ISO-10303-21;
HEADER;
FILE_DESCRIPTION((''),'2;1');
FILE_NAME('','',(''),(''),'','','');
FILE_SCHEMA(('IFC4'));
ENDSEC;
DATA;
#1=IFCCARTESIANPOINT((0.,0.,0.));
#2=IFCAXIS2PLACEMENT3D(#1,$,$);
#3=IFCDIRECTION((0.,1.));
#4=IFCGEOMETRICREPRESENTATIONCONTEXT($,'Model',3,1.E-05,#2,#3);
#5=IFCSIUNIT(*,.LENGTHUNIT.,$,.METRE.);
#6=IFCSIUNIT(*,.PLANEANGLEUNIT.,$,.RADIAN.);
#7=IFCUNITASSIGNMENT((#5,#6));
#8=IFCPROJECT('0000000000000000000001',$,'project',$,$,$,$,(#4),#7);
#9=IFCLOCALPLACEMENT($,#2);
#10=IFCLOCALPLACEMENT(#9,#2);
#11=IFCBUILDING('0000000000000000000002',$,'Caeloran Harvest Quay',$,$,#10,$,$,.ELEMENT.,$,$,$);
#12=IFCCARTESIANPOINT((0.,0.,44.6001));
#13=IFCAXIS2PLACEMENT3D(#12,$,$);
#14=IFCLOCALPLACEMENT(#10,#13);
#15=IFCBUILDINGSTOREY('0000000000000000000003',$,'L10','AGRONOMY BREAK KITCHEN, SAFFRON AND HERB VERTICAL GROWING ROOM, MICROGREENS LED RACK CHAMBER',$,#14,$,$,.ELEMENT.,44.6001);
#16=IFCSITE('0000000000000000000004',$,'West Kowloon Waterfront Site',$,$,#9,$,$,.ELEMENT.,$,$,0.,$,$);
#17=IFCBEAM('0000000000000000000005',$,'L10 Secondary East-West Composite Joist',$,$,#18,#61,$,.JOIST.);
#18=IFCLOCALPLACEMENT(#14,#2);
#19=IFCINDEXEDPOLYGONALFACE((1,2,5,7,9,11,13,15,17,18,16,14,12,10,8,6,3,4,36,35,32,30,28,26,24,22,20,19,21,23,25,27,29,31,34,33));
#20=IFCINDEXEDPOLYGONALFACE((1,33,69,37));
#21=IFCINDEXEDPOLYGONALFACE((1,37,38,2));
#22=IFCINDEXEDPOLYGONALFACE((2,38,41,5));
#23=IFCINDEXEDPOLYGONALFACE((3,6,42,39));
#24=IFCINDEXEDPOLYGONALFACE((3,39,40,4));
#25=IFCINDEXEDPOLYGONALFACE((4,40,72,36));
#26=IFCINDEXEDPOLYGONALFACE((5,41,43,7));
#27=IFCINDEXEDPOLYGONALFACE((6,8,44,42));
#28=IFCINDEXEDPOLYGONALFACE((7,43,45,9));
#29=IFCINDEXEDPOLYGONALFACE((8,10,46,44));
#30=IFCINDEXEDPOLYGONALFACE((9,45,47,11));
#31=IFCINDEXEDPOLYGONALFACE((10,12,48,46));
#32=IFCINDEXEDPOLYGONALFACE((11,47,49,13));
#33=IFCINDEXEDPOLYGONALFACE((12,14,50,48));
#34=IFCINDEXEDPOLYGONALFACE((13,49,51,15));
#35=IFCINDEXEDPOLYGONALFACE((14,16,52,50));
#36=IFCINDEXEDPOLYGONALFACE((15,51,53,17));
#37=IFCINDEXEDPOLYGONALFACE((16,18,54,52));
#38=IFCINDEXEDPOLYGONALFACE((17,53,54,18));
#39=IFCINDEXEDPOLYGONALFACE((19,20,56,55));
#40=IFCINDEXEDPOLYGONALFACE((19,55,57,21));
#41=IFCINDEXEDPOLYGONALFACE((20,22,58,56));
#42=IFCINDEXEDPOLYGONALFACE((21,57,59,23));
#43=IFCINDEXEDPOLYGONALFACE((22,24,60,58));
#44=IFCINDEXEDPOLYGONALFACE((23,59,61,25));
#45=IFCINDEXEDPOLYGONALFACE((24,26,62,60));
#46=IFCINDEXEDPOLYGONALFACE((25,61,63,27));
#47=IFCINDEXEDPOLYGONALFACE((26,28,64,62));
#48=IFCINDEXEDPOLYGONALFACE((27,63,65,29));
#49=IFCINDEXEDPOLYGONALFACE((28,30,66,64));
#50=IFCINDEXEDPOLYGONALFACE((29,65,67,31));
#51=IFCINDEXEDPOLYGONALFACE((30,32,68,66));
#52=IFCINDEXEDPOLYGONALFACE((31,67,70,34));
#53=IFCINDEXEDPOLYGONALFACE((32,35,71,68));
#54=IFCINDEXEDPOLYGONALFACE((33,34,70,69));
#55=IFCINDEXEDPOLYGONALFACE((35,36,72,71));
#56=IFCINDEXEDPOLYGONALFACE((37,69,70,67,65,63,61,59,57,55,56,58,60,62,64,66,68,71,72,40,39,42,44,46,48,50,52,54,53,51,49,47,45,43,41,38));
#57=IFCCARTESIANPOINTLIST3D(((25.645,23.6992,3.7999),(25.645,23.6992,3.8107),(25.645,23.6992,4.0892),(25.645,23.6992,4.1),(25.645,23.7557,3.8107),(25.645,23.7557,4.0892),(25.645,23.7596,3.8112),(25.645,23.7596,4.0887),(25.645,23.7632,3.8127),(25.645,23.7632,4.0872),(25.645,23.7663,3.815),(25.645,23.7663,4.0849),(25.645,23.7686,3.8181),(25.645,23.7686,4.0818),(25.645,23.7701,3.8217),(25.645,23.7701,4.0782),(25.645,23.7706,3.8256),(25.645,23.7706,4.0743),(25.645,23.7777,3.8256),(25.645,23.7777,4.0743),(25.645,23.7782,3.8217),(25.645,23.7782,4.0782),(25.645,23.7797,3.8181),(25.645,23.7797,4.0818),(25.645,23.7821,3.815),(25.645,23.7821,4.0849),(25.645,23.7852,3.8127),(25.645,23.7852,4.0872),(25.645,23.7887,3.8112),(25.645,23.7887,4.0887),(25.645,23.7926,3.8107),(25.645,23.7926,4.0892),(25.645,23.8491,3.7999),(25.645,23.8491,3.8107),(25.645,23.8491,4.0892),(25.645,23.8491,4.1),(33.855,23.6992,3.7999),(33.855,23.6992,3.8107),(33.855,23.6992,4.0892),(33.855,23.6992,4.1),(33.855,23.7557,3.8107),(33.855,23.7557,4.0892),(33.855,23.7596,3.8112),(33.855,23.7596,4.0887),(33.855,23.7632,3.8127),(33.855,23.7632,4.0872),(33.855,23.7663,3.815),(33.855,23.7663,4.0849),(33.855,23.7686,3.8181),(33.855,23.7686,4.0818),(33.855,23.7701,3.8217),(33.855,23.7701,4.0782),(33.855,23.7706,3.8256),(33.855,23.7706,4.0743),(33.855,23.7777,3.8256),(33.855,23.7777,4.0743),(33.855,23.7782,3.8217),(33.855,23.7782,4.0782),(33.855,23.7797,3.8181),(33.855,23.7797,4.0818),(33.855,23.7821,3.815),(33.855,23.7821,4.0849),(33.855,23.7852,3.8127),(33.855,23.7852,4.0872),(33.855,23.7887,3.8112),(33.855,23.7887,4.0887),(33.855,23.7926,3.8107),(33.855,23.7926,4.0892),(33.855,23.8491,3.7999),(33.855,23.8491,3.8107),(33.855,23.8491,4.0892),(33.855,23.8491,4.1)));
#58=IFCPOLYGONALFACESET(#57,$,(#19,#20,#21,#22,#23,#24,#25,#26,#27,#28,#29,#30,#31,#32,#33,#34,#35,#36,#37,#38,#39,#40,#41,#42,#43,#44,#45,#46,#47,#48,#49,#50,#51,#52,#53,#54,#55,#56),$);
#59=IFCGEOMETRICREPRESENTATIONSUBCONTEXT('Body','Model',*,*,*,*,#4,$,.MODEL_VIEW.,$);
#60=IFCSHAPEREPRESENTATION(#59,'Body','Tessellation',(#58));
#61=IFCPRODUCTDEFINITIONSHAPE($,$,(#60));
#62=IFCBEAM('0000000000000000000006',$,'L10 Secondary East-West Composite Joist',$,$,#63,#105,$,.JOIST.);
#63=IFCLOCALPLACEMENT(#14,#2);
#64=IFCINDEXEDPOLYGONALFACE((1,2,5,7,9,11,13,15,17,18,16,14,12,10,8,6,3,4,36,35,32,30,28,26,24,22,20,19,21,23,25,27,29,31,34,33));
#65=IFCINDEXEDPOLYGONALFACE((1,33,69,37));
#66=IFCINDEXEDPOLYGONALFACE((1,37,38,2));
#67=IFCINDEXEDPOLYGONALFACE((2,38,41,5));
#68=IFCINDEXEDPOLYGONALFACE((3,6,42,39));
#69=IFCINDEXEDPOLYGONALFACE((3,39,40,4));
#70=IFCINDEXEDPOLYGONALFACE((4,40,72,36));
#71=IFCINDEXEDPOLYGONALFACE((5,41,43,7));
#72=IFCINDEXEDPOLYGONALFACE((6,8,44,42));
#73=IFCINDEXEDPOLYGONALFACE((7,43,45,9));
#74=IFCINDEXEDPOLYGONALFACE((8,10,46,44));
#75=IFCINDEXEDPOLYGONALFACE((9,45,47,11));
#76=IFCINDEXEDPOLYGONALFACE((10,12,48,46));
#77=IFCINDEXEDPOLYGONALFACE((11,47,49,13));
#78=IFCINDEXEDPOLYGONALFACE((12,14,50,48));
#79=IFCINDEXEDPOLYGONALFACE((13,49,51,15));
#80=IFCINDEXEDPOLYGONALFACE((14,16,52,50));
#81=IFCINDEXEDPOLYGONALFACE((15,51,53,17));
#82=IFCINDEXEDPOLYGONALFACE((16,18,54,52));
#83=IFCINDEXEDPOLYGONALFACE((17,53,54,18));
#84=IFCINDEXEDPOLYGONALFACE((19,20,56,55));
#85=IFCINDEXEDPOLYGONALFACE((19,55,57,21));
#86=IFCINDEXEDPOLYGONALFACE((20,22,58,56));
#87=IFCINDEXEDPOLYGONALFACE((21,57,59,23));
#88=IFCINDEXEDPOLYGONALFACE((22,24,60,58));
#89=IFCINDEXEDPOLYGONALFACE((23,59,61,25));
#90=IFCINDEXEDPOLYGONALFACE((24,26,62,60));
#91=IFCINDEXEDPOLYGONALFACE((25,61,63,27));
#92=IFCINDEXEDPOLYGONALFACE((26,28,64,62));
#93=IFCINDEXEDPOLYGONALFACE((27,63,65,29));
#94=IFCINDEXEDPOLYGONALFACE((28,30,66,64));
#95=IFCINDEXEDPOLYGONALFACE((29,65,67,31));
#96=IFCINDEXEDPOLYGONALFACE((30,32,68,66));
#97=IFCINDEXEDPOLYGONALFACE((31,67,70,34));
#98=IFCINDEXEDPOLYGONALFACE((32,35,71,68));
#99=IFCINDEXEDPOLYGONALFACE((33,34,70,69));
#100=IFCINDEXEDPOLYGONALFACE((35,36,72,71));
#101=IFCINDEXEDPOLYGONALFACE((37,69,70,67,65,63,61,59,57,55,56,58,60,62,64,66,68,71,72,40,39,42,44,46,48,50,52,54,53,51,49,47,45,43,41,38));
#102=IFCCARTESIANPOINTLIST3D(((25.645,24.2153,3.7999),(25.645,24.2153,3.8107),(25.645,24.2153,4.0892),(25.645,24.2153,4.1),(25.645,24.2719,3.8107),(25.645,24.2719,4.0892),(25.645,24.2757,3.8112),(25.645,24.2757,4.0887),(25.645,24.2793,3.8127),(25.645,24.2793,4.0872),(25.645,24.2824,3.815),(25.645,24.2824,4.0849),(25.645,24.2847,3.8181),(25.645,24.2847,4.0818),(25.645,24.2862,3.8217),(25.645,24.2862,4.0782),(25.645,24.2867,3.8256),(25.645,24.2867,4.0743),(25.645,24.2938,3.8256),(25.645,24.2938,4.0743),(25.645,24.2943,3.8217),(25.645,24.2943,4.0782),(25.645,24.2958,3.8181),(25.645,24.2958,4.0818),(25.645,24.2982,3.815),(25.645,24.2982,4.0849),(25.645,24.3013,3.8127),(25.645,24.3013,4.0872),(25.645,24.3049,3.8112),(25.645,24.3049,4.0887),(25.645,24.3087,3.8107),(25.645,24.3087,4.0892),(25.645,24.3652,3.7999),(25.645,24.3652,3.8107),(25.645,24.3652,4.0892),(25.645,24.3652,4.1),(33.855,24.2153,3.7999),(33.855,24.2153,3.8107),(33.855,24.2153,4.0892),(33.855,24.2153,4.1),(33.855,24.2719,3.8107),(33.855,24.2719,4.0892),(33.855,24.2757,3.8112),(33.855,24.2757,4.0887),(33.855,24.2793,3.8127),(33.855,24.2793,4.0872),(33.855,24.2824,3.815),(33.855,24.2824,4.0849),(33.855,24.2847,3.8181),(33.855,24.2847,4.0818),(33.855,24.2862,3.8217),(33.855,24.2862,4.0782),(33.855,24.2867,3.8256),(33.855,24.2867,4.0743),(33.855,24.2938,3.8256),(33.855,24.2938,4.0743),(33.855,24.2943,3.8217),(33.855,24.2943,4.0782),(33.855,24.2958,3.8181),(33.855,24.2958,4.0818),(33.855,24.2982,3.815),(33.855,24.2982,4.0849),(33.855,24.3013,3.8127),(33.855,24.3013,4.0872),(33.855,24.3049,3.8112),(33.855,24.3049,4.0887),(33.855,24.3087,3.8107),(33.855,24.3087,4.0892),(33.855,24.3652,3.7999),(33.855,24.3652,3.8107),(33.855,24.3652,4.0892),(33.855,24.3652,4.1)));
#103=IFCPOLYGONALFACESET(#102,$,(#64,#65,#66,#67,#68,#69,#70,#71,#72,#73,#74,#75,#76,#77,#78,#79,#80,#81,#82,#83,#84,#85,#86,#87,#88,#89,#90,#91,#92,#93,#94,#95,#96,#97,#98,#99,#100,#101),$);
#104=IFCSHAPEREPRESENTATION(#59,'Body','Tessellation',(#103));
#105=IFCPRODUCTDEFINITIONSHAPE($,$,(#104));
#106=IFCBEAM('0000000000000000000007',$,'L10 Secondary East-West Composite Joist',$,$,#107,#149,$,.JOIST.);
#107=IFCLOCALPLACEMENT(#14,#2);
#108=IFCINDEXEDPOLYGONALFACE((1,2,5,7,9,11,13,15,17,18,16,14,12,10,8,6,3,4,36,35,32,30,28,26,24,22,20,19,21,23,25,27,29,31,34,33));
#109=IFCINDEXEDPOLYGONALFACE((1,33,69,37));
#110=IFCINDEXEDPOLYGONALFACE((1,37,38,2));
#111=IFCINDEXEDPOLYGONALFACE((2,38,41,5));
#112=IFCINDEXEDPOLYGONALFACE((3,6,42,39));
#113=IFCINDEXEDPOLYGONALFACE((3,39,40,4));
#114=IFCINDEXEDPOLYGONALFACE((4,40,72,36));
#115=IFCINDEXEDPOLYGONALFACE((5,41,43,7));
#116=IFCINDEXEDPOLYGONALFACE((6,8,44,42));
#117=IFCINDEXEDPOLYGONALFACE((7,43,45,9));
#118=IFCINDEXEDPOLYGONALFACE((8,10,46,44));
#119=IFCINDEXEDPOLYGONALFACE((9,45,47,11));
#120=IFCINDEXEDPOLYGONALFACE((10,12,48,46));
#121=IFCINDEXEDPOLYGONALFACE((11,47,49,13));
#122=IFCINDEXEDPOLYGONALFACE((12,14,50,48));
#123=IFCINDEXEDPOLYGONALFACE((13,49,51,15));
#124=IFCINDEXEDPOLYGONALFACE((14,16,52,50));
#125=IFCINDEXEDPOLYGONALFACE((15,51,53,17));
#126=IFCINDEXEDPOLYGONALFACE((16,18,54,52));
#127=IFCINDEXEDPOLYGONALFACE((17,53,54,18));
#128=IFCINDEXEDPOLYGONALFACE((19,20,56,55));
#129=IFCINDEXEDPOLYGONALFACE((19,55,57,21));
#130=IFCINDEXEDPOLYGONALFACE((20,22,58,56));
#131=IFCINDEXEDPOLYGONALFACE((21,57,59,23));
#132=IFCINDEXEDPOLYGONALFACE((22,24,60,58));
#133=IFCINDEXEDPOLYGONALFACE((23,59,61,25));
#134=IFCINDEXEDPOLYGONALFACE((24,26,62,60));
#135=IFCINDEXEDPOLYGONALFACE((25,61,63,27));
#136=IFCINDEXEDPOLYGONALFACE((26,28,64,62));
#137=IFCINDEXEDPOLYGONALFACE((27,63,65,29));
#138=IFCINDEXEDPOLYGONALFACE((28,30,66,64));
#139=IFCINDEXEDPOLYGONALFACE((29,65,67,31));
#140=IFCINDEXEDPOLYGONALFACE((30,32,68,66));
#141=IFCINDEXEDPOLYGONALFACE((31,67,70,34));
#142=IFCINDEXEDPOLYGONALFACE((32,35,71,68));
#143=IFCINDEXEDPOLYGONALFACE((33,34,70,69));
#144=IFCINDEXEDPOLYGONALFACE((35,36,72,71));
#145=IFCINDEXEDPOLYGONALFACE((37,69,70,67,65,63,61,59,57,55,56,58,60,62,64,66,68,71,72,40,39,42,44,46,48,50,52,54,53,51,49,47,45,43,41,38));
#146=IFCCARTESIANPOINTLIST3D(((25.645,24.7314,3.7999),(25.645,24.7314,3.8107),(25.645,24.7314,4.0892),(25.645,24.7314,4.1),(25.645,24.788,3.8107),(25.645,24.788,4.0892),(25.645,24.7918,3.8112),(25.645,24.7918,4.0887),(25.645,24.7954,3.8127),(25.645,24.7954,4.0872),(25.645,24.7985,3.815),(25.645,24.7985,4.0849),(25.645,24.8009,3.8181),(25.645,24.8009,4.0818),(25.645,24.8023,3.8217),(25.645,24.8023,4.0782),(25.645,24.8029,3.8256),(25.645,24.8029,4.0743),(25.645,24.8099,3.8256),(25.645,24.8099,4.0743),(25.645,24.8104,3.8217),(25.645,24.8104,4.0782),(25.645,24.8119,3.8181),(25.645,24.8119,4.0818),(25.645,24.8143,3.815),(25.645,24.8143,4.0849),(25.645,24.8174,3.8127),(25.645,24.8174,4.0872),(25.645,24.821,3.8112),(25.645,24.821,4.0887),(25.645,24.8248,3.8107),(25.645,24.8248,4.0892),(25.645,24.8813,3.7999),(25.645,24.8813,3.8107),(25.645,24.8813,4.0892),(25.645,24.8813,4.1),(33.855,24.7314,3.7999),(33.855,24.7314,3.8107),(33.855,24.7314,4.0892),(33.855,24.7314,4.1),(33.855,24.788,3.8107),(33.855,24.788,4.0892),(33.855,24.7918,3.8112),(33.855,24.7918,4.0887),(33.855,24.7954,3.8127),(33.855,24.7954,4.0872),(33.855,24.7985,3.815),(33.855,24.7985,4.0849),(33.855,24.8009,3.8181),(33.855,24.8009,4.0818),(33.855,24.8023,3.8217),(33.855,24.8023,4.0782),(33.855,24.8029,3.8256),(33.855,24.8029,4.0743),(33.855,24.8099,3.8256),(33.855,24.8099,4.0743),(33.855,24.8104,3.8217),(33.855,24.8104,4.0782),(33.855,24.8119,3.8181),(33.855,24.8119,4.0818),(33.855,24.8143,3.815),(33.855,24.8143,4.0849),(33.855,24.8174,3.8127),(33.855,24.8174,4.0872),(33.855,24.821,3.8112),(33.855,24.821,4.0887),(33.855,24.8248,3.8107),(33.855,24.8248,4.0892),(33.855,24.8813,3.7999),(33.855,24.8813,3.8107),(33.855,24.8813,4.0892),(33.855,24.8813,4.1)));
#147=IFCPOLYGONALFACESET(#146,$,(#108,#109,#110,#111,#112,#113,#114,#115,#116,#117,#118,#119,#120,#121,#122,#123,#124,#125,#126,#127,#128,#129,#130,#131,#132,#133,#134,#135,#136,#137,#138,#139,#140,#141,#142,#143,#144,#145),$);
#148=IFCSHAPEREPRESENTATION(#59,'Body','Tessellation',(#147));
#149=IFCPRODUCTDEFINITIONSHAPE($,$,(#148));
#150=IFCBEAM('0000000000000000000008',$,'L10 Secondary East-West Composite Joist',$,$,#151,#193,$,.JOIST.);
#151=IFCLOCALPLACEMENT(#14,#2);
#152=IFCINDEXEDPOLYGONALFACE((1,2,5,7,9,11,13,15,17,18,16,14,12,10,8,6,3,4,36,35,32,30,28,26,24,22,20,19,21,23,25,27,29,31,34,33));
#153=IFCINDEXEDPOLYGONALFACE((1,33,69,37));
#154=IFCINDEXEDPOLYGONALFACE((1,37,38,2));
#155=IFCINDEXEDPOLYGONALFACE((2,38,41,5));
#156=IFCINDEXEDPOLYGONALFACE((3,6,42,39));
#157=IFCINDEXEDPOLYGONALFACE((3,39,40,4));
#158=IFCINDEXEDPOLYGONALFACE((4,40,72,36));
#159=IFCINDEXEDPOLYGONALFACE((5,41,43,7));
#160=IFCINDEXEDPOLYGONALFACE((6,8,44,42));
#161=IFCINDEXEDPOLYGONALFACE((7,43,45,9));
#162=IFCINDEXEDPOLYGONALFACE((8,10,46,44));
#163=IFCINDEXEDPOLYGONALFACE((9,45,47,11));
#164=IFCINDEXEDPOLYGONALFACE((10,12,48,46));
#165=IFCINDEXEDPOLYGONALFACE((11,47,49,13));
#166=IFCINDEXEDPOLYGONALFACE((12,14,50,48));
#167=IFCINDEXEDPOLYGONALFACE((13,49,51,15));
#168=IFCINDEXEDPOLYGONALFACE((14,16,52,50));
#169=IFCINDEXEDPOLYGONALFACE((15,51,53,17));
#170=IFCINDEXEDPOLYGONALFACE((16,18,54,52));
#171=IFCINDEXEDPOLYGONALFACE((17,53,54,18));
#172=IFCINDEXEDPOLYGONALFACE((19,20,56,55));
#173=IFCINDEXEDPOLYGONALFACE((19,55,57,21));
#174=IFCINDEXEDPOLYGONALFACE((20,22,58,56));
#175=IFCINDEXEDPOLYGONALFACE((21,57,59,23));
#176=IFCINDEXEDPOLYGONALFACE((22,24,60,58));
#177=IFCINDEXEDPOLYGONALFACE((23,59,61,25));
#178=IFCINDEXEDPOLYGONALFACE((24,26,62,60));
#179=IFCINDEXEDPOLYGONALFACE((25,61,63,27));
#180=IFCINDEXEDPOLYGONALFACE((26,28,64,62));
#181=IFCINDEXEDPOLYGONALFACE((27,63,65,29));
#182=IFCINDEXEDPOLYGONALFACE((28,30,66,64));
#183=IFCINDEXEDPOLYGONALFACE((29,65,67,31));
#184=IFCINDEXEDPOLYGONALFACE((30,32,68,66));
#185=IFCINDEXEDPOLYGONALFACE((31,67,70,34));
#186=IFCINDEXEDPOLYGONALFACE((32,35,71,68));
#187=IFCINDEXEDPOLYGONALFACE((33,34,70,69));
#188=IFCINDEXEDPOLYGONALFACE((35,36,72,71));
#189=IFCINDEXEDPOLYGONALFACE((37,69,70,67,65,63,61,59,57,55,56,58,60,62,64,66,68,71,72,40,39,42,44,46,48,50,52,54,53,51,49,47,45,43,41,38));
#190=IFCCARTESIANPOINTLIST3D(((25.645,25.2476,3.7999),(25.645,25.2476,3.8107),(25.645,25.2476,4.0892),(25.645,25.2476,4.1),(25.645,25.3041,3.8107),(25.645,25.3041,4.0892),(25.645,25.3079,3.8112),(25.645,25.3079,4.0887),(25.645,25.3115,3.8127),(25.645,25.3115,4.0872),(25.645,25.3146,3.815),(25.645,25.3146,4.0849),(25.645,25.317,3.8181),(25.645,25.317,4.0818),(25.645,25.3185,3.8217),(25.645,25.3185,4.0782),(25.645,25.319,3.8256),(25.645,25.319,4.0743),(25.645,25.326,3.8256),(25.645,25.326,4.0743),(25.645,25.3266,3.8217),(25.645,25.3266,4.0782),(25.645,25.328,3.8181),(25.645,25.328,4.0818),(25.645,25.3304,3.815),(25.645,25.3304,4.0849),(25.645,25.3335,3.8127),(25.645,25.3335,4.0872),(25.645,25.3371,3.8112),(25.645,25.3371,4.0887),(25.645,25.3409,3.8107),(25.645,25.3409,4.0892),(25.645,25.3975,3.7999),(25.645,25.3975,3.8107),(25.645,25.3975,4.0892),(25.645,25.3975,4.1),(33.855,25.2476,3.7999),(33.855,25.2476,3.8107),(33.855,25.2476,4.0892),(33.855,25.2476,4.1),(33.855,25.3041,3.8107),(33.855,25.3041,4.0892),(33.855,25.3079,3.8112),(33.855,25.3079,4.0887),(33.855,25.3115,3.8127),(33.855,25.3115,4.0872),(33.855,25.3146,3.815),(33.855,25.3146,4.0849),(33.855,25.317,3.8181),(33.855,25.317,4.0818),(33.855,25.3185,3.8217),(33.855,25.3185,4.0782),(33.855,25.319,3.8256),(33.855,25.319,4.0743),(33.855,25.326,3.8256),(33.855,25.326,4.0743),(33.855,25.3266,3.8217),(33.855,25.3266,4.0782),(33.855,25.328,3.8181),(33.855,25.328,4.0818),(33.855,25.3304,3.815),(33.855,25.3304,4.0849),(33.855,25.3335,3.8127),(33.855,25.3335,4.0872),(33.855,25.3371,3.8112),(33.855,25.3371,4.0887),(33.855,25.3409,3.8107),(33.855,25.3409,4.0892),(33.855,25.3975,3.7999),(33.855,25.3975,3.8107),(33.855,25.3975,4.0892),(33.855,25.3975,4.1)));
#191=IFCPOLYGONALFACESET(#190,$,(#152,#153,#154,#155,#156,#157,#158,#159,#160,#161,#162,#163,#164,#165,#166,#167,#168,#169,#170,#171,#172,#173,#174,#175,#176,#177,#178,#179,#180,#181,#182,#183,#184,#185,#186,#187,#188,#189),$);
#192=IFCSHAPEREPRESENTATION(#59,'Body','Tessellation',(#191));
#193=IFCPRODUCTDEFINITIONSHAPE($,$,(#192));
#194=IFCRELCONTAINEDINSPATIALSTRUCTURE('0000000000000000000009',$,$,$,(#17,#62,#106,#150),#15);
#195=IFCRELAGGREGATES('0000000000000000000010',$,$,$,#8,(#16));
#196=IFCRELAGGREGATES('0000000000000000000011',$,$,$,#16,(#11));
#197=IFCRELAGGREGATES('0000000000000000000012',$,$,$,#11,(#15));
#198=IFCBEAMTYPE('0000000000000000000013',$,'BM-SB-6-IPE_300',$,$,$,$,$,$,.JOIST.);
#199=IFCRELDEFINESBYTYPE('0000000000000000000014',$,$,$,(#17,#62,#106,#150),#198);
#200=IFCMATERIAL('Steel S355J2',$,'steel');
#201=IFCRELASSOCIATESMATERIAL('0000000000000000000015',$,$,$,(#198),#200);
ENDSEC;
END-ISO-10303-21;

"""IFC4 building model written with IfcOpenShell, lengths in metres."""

from ifc_helpers import new_model, si_unit, direction, frame, origin, origin_2d, place, context, subcontext, project, spatial, i_section, extrude, material, material_profile, profile_set, type_object, element, save


model = new_model("IFC4")

# Units and contexts
model_context = context("Model", 3, precision=1e-05, world=origin(), true_north=direction((0.0, 1.0)))
body_context = subcontext(model_context, "Body", "Model", "MODEL_VIEW")
ifc_project = project(units=[si_unit("LENGTHUNIT", "METRE"), si_unit("PLANEANGLEUNIT", "RADIAN")], contexts=[model_context])

# Site, building, storey
site_placement = place(None, origin())
site = spatial("IfcSite", under=ifc_project, at=site_placement, Name="West Kowloon Waterfront Site", CompositionType="ELEMENT", RefElevation=0.0)
building_placement = place(site_placement, origin())
building = spatial("IfcBuilding", under=site, at=building_placement, Name="Caeloran Harvest Quay", CompositionType="ELEMENT")
storey_placement = place(building_placement, frame((0.0, 0.0, 44.6001)))
storey = spatial("IfcBuildingStorey", under=building, at=storey_placement, Name="L10", Description="AGRONOMY BREAK KITCHEN, SAFFRON AND HERB VERTICAL GROWING ROOM, MICROGREENS LED RACK CHAMBER", CompositionType="ELEMENT", Elevation=44.6001)

# Beams
ifc_material_1 = material(Name="Steel S355J2", Category="steel")
ifc_material_profile_1 = material_profile(ifc_material_1, i_section(OverallWidth=0.1499, OverallDepth=0.3, WebThickness=0.0071, FlangeThickness=0.0107, FilletRadius=0.0149, at=origin_2d()), Name="IPE 300")
ifc_profile_set_1 = profile_set([ifc_material_profile_1], Name="Steel S355J2")
beam_type_1 = type_object("IfcBeamType", Name="BM-SB-6-IPE_300", PredefinedType="JOIST", material=ifc_profile_set_1)
for number, where, z_axis, x_axis, name in (
    (1, (25.645, 23.7742, 3.95), (1.0, 0.0, 0.0), (0.0, 1.0, 0.0), "L10 Secondary East-West Composite Joist"),
    (2, (25.645, 24.2903, 3.95), (1.0, 0.0, 0.0), (0.0, 1.0, 0.0), "L10 Secondary East-West Composite Joist"),
    (3, (25.645, 24.8064, 3.95), (1.0, 0.0, 0.0), (0.0, 1.0, 0.0), "L10 Secondary East-West Composite Joist"),
    (4, (25.645, 25.3225, 3.95), (1.0, 0.0, 0.0), (0.0, 1.0, 0.0), "L10 Secondary East-West Composite Joist"),
):
    element("IfcBeam", number, at=place(storey_placement, frame(where, z_axis=z_axis, x_axis=x_axis)), inside=storey, type_object=beam_type_1, Name=name, PredefinedType="JOIST", context=body_context, shape_type="SweptSolid", body=[
        extrude(i_section(OverallWidth=0.1499, OverallDepth=0.3, WebThickness=0.0071, FlangeThickness=0.0107, FilletRadius=0.0149, at=origin_2d()), origin(), (0.0, 0.0, 1.0), 8.21),
    ])

save(model, "model.ifc")
